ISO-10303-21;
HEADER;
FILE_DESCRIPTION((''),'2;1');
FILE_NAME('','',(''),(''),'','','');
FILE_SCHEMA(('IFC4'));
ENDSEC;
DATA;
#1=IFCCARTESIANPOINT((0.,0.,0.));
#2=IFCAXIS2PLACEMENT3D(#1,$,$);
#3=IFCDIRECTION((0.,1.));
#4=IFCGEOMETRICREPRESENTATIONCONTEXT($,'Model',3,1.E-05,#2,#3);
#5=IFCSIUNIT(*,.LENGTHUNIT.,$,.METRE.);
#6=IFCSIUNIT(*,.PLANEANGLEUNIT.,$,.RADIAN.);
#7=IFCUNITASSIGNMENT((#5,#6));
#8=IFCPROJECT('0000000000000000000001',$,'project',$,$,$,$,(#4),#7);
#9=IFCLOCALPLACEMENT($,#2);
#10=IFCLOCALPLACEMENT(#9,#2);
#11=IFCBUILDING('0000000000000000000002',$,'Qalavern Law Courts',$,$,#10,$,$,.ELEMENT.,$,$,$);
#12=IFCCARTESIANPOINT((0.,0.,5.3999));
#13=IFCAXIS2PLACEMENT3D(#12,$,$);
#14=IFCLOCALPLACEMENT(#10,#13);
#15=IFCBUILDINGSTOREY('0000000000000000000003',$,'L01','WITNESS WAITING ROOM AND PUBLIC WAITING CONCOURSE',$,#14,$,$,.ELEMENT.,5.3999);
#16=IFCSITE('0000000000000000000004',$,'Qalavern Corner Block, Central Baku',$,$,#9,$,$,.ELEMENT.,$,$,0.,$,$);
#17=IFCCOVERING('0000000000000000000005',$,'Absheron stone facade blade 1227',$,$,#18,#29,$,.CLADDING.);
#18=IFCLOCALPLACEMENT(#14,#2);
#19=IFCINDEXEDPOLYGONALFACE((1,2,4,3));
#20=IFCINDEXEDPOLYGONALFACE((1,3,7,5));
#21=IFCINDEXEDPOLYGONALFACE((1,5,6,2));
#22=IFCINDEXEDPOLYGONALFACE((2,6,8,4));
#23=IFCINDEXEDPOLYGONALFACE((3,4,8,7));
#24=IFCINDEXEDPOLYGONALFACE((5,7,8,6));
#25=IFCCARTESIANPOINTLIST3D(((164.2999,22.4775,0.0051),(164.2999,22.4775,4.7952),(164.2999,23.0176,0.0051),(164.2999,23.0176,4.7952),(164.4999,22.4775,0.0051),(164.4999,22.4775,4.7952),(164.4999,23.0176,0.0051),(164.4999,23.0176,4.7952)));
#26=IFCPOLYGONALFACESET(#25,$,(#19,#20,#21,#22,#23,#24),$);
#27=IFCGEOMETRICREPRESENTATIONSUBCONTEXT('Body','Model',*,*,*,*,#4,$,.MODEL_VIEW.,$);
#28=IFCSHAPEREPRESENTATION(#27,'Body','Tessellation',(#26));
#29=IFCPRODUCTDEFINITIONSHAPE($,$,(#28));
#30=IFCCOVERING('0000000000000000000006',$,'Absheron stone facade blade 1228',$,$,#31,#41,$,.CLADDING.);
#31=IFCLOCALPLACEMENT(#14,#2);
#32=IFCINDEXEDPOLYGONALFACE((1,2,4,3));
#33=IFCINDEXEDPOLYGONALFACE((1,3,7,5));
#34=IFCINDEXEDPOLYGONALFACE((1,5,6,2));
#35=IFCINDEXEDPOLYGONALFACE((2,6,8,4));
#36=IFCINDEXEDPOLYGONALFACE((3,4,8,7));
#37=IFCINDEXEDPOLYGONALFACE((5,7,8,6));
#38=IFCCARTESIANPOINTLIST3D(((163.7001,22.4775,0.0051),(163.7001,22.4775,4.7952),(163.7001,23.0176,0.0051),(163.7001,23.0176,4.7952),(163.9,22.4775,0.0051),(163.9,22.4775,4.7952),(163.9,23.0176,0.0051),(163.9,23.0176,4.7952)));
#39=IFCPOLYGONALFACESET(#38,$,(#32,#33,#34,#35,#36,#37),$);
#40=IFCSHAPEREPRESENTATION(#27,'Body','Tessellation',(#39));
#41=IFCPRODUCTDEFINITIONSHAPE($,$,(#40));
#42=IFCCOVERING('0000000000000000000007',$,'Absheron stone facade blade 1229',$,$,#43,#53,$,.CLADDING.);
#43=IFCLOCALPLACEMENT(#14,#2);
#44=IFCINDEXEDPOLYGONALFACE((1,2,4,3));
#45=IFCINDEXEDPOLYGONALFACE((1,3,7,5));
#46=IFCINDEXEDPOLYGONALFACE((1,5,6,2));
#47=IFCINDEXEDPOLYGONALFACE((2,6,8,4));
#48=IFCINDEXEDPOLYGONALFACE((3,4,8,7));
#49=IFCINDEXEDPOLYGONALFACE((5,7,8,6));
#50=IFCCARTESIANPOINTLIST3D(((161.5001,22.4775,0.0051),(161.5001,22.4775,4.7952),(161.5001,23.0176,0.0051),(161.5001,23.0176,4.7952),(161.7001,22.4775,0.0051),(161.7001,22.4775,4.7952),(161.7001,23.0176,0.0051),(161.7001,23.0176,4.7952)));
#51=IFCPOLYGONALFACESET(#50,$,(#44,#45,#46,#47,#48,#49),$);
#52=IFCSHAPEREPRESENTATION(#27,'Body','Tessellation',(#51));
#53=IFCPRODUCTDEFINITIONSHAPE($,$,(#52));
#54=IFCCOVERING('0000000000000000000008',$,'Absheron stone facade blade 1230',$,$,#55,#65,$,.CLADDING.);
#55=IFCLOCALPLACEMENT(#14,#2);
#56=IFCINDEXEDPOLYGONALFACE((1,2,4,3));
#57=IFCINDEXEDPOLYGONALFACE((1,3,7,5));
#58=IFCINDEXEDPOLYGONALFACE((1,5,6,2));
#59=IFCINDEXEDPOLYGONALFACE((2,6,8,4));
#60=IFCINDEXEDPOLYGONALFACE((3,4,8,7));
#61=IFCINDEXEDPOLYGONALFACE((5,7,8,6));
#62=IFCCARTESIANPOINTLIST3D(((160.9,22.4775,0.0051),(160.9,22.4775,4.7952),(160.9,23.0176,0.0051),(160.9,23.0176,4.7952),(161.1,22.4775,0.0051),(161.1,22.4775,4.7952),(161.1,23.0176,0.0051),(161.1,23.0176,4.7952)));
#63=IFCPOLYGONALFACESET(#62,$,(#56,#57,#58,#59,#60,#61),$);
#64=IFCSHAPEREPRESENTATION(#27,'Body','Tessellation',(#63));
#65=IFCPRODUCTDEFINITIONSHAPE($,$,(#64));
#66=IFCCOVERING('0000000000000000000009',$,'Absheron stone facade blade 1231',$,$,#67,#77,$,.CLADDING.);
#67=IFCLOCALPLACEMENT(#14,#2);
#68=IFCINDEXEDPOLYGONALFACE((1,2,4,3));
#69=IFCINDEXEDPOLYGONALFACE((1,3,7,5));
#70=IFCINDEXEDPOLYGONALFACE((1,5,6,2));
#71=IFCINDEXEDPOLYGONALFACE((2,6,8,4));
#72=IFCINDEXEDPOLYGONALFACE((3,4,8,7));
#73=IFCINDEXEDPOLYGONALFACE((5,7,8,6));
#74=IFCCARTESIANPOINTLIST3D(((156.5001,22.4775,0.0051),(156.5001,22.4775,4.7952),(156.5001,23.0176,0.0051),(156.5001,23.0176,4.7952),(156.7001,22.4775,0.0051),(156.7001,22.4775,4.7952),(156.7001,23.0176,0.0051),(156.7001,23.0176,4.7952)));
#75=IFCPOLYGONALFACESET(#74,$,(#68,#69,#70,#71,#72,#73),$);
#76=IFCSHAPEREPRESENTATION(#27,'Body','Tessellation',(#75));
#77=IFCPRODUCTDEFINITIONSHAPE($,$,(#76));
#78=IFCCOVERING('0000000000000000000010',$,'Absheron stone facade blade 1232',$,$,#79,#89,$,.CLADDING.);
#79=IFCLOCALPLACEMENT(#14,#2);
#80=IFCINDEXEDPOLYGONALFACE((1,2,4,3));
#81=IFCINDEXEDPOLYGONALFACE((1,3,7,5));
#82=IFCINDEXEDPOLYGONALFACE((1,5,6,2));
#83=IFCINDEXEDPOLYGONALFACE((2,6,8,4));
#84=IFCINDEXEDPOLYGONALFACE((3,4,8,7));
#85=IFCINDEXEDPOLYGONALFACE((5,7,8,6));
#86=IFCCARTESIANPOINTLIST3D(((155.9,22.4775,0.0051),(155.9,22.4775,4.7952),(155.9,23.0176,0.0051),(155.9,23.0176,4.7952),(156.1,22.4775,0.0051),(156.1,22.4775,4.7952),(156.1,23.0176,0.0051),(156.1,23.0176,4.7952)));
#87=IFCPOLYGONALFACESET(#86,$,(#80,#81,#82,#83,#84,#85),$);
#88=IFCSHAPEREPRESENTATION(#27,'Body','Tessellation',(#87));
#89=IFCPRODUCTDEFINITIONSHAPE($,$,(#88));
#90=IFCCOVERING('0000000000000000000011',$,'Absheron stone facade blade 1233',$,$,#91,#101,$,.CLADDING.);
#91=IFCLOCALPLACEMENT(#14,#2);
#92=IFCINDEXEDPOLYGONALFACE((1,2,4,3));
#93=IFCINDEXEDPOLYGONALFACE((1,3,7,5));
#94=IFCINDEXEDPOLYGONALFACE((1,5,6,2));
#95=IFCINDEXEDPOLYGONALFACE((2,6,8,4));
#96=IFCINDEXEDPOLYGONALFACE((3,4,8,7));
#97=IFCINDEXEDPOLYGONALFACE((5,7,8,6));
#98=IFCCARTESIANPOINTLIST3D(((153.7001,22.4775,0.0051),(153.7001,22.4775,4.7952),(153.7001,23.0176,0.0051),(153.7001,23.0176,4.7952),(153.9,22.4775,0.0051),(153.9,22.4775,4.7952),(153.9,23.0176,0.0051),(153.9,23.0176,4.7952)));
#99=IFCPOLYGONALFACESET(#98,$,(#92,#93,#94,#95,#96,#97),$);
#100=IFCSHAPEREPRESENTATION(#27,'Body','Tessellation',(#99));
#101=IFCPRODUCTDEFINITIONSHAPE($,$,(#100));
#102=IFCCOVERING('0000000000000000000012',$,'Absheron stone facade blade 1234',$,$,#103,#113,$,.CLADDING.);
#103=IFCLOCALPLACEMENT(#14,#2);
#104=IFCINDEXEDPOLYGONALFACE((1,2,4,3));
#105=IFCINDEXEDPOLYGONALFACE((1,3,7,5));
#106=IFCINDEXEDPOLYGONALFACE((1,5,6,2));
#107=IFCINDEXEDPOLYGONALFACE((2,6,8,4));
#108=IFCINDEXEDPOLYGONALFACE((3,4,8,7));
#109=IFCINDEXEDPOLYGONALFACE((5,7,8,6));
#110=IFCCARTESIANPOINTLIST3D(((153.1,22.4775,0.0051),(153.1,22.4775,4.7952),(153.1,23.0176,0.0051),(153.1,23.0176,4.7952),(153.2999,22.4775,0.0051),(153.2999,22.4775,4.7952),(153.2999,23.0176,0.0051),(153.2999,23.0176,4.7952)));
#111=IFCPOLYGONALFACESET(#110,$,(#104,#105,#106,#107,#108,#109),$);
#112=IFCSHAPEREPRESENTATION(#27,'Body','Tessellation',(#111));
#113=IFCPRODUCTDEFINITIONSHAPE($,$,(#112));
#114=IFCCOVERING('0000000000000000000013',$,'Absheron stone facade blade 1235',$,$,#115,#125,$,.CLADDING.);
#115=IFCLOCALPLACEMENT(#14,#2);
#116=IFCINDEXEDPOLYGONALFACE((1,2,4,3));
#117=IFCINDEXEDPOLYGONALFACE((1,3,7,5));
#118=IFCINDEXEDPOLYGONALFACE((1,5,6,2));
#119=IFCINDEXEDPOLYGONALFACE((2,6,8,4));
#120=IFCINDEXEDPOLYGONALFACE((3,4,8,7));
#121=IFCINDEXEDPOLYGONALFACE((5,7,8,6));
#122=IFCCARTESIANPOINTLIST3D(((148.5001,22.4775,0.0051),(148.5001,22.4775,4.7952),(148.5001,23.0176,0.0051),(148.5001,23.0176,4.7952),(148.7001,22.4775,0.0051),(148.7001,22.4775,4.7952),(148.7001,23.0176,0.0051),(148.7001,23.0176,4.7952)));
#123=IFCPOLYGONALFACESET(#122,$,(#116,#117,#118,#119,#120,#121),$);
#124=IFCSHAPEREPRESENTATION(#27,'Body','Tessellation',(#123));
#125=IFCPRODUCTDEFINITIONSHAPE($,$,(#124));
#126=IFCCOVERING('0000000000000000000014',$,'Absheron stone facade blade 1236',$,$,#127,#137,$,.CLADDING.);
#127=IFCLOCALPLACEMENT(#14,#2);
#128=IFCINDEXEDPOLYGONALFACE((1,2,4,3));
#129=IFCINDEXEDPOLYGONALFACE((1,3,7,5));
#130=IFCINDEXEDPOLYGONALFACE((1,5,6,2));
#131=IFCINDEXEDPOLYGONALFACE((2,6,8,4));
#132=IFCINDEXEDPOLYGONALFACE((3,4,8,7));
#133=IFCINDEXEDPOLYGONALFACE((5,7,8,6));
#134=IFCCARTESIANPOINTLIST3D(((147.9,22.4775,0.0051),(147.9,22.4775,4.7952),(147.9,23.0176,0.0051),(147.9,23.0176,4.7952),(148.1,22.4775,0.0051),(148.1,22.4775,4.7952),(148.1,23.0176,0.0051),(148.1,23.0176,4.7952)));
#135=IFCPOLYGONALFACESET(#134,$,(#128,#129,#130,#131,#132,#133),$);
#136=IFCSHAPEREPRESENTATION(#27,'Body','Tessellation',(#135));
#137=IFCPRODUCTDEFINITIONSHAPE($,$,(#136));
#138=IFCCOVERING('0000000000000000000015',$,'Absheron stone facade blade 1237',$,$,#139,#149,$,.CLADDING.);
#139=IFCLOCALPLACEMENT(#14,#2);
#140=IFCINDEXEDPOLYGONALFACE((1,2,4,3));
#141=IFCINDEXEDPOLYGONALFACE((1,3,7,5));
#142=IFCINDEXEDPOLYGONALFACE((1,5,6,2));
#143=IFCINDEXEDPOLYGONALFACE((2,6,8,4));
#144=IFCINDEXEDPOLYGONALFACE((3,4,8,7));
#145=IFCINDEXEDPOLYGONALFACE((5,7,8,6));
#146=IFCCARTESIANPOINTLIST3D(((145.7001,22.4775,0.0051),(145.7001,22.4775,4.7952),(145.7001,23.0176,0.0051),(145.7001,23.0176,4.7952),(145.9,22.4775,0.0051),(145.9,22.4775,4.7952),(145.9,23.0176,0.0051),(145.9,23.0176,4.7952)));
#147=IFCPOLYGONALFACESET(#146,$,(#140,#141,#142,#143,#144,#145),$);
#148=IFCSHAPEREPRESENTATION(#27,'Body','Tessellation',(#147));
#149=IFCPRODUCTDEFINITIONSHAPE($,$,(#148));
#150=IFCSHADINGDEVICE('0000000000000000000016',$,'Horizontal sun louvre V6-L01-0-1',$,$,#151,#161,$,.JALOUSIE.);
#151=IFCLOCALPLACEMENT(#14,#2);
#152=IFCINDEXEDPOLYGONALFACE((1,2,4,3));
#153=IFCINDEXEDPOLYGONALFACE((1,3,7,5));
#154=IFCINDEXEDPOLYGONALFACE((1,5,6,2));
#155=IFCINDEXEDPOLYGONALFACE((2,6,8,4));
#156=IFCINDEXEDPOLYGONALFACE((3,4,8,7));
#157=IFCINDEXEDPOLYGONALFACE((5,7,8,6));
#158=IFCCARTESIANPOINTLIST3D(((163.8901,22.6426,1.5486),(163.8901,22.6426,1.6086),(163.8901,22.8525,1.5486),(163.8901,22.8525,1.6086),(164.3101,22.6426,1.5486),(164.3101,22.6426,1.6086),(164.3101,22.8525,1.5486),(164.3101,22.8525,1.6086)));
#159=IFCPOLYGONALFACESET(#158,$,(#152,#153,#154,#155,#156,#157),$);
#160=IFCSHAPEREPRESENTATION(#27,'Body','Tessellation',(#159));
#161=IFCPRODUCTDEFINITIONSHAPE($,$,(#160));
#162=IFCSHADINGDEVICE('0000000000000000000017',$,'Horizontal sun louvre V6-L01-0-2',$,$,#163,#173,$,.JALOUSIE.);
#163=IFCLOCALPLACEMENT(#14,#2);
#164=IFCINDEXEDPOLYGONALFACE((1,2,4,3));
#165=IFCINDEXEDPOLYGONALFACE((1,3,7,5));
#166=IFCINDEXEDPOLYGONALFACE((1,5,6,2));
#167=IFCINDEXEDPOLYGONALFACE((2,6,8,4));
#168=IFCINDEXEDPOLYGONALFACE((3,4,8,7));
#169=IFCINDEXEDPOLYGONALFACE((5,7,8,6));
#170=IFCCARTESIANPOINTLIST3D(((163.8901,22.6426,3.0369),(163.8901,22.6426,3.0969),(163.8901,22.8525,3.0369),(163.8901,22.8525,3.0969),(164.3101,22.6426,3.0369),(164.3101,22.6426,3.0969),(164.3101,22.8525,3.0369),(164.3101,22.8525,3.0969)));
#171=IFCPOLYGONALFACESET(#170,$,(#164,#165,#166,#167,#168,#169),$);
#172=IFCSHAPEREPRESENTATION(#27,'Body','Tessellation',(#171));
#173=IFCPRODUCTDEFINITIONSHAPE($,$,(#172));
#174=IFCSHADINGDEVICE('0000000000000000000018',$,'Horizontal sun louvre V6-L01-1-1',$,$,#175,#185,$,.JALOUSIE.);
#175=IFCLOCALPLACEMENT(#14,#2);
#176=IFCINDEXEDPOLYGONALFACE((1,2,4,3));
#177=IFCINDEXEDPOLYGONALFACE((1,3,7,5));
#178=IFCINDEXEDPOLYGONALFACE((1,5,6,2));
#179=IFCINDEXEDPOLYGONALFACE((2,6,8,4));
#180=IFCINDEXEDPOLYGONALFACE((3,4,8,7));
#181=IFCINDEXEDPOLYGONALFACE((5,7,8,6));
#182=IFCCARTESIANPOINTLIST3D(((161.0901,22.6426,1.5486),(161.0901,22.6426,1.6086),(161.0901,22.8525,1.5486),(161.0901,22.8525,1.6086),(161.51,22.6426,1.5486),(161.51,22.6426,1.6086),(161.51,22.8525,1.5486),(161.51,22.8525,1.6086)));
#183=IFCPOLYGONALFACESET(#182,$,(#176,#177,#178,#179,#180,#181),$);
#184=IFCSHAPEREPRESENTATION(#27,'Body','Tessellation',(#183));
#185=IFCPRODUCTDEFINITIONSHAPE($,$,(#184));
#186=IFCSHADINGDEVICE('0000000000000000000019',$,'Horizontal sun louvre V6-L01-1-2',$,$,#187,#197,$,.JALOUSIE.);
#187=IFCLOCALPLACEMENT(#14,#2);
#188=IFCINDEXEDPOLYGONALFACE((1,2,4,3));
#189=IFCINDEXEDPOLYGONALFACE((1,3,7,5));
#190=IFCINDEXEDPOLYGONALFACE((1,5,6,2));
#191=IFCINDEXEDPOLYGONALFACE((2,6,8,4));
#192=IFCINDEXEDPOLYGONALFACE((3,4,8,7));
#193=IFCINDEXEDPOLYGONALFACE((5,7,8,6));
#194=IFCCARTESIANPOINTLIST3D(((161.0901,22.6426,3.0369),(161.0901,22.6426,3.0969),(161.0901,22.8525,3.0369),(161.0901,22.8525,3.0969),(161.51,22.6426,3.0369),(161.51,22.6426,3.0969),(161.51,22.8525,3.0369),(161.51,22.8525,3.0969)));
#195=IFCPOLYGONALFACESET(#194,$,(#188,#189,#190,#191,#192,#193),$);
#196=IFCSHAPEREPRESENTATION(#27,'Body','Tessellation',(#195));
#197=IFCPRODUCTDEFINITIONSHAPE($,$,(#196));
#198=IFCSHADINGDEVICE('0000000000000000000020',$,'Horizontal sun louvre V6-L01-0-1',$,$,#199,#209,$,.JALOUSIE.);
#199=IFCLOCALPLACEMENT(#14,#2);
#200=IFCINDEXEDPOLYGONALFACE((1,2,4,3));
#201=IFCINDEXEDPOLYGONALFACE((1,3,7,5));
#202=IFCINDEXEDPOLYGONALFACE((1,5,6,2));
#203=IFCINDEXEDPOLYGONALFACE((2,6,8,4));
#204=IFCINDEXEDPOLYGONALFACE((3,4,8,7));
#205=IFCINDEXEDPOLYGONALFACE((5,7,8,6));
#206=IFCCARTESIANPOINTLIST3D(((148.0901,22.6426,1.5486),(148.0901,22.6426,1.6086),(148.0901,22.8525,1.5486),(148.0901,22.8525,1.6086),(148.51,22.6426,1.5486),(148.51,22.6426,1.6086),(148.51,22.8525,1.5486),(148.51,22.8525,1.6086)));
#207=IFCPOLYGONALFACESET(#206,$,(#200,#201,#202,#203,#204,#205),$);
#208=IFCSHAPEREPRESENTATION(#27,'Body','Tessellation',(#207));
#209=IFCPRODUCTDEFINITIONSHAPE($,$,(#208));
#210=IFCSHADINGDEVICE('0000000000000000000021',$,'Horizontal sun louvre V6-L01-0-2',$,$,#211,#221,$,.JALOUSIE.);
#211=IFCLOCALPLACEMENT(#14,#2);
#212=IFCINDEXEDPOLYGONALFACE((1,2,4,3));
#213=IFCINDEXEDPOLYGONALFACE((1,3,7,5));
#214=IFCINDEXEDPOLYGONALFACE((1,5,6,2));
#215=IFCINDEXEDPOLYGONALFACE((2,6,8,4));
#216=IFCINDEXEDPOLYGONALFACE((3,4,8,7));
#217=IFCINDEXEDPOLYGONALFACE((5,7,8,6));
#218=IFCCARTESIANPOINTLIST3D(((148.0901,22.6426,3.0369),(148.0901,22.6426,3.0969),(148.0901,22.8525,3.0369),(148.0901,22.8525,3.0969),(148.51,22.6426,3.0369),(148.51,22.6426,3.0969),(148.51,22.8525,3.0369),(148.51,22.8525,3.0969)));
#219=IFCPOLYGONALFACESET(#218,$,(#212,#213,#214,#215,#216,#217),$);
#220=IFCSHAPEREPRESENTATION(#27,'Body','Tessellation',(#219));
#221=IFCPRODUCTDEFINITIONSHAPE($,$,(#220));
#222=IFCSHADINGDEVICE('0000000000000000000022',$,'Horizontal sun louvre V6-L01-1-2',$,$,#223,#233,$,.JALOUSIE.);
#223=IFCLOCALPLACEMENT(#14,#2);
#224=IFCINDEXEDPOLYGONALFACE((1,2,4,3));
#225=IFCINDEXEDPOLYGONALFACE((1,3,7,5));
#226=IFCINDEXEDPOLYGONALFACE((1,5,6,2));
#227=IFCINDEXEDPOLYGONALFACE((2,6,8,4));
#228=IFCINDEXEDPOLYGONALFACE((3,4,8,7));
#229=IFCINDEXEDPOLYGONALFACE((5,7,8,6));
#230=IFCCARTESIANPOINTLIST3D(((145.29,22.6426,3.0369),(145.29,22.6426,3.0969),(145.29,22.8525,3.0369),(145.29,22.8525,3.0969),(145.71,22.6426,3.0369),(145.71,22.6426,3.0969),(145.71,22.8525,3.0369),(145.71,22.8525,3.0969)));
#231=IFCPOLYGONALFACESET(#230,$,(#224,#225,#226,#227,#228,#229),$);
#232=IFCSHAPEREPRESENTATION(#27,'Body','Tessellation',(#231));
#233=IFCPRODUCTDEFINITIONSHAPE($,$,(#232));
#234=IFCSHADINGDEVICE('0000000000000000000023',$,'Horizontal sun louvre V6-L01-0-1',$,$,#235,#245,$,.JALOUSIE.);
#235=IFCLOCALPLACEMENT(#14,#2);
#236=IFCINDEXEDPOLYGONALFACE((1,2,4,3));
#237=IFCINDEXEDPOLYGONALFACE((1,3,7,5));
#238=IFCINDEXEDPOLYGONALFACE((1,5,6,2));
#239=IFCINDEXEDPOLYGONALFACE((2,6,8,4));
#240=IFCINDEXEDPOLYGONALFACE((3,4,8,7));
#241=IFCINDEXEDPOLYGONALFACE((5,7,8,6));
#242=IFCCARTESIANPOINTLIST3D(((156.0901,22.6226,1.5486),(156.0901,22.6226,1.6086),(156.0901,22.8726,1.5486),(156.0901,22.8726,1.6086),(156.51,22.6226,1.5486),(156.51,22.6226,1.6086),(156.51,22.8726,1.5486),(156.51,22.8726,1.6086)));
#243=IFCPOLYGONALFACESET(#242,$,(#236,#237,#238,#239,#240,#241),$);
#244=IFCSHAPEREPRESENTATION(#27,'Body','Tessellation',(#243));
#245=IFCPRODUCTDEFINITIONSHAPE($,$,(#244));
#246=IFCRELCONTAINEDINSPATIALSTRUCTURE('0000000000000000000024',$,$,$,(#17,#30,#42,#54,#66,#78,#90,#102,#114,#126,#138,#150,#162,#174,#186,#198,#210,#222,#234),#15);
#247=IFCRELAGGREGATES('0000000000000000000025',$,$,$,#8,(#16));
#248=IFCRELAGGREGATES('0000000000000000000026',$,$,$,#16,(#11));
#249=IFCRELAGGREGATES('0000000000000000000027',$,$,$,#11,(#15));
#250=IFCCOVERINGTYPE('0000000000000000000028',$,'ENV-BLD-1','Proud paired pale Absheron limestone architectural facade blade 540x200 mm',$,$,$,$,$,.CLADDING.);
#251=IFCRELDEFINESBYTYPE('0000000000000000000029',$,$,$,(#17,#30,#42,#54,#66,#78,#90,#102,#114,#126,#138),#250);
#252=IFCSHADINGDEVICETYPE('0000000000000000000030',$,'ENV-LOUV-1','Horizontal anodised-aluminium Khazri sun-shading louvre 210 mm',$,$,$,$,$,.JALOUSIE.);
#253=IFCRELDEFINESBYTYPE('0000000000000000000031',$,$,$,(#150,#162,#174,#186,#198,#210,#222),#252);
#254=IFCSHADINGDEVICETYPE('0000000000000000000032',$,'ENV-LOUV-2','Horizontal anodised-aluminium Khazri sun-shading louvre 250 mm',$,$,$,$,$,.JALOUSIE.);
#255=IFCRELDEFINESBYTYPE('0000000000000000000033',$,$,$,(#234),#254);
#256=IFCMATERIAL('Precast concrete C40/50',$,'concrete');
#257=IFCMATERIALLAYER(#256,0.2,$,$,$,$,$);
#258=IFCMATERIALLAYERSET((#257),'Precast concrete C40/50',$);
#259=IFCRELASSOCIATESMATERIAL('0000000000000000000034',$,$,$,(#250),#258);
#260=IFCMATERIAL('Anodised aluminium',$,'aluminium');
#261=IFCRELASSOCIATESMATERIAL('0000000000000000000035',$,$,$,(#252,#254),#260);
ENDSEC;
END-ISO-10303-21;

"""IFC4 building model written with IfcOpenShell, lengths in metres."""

from ifc_helpers import new_model, si_unit, direction, frame, origin, origin_2d, place, context, subcontext, project, spatial, rectangle, extrude, material, layer, layer_set, type_object, element, save


model = new_model("IFC4")

# Units and contexts
model_context = context("Model", 3, precision=1e-05, world=origin(), true_north=direction((0.0, 1.0)))
body_context = subcontext(model_context, "Body", "Model", "MODEL_VIEW")
ifc_project = project(units=[si_unit("LENGTHUNIT", "METRE"), si_unit("PLANEANGLEUNIT", "RADIAN")], contexts=[model_context])

# Site, building, storey
site_placement = place(None, origin())
site = spatial("IfcSite", under=ifc_project, at=site_placement, Name="Qalavern Corner Block, Central Baku", CompositionType="ELEMENT", RefElevation=0.0)
building_placement = place(site_placement, origin())
building = spatial("IfcBuilding", under=site, at=building_placement, Name="Qalavern Law Courts", CompositionType="ELEMENT")
storey_placement = place(building_placement, frame((0.0, 0.0, 5.3999)))
storey = spatial("IfcBuildingStorey", under=building, at=storey_placement, Name="L01", Description="WITNESS WAITING ROOM AND PUBLIC WAITING CONCOURSE", CompositionType="ELEMENT", Elevation=5.3999)

# Coverings
ifc_material_1 = material(Name="Precast concrete C40/50", Category="concrete")
ifc_layer = layer(ifc_material_1, 0.2)
ifc_layer_set = layer_set([ifc_layer], Name="Precast concrete C40/50")
covering_type = type_object("IfcCoveringType", Name="ENV-BLD-1", Description="Proud paired pale Absheron limestone architectural facade blade 540x200 mm", PredefinedType="CLADDING", material=ifc_layer_set)
for number, where, z_axis, x_axis, name in (
    (1, (164.3999, 22.7476, 0.0051), (0.0, 0.0, 1.0), (0.0, 1.0, 0.0), "Absheron stone facade blade 1227"),
    (2, (163.8, 22.7476, 0.0051), (0.0, 0.0, 1.0), (0.0, 1.0, 0.0), "Absheron stone facade blade 1228"),
    (3, (161.6001, 22.7476, 0.0051), (0.0, 0.0, 1.0), (0.0, 1.0, 0.0), "Absheron stone facade blade 1229"),
    (4, (161.0, 22.7476, 0.0051), (0.0, 0.0, 1.0), (0.0, 1.0, 0.0), "Absheron stone facade blade 1230"),
    (5, (156.6001, 22.7476, 0.0051), (0.0, 0.0, 1.0), (0.0, 1.0, 0.0), "Absheron stone facade blade 1231"),
    (6, (156.0, 22.7476, 0.0051), (0.0, 0.0, 1.0), (0.0, 1.0, 0.0), "Absheron stone facade blade 1232"),
    (7, (153.8, 22.7476, 0.0051), (0.0, 0.0, 1.0), (0.0, 1.0, 0.0), "Absheron stone facade blade 1233"),
    (8, (153.2, 22.7476, 0.0051), (0.0, 0.0, 1.0), (0.0, 1.0, 0.0), "Absheron stone facade blade 1234"),
    (9, (148.6001, 22.7476, 0.0051), (0.0, 0.0, 1.0), (0.0, 1.0, 0.0), "Absheron stone facade blade 1235"),
    (10, (148.0, 22.7476, 0.0051), (0.0, 0.0, 1.0), (0.0, 1.0, 0.0), "Absheron stone facade blade 1236"),
    (11, (145.8, 22.7476, 0.0051), (0.0, 0.0, 1.0), (0.0, 1.0, 0.0), "Absheron stone facade blade 1237"),
):
    element("IfcCovering", number, at=place(storey_placement, frame(where, z_axis=z_axis, x_axis=x_axis)), inside=storey, type_object=covering_type, Name=name, PredefinedType="CLADDING", context=body_context, shape_type="SweptSolid", body=[
        extrude(rectangle(XDim=0.54, YDim=0.2, at=origin_2d()), origin(), (0.0, 0.0, 1.0), 4.79),
    ])

# Shading devices
ifc_material_2 = material(Name="Anodised aluminium", Category="aluminium")
shading_device_type_1 = type_object("IfcShadingDeviceType", Name="ENV-LOUV-1", Description="Horizontal anodised-aluminium Khazri sun-shading louvre 210 mm", PredefinedType="JALOUSIE", material=ifc_material_2)
for number, where, z_axis, x_axis, name in (
    (12, (164.1001, 22.7476, 1.5486), (0.0, 0.0, 1.0), (-1.0, 0.0, 0.0), "Horizontal sun louvre V6-L01-0-1"),
    (13, (164.1001, 22.7476, 3.0369), (0.0, 0.0, 1.0), (-1.0, 0.0, 0.0), "Horizontal sun louvre V6-L01-0-2"),
    (14, (161.3, 22.7476, 1.5486), (0.0, 0.0, 1.0), (-1.0, 0.0, 0.0), "Horizontal sun louvre V6-L01-1-1"),
    (15, (161.3, 22.7476, 3.0369), (0.0, 0.0, 1.0), (-1.0, 0.0, 0.0), "Horizontal sun louvre V6-L01-1-2"),
    (16, (148.3, 22.7476, 1.5486), (0.0, 0.0, 1.0), (-1.0, 0.0, 0.0), "Horizontal sun louvre V6-L01-0-1"),
    (17, (148.3, 22.7476, 3.0369), (0.0, 0.0, 1.0), (-1.0, 0.0, 0.0), "Horizontal sun louvre V6-L01-0-2"),
    (18, (145.5, 22.7476, 3.0369), (0.0, 0.0, 1.0), (-1.0, 0.0, 0.0), "Horizontal sun louvre V6-L01-1-2"),
):
    element("IfcShadingDevice", number, at=place(storey_placement, frame(where, z_axis=z_axis, x_axis=x_axis)), inside=storey, type_object=shading_device_type_1, Name=name, PredefinedType="JALOUSIE", context=body_context, shape_type="SweptSolid", body=[
        extrude(rectangle(XDim=0.4199, YDim=0.21, at=origin_2d()), origin(), (0.0, 0.0, 1.0), 0.0601),
    ])
shading_device_type_2 = type_object("IfcShadingDeviceType", Name="ENV-LOUV-2", Description="Horizontal anodised-aluminium Khazri sun-shading louvre 250 mm", PredefinedType="JALOUSIE", material=ifc_material_2)
for number, where, z_axis, x_axis, name in (
    (19, (156.3, 22.7476, 1.5486), (0.0, 0.0, 1.0), (-1.0, 0.0, 0.0), "Horizontal sun louvre V6-L01-0-1"),
):
    element("IfcShadingDevice", number, at=place(storey_placement, frame(where, z_axis=z_axis, x_axis=x_axis)), inside=storey, type_object=shading_device_type_2, Name=name, PredefinedType="JALOUSIE", context=body_context, shape_type="SweptSolid", body=[
        extrude(rectangle(XDim=0.4199, YDim=0.25, at=origin_2d()), origin(), (0.0, 0.0, 1.0), 0.0601),
    ])

save(model, "model.ifc")
